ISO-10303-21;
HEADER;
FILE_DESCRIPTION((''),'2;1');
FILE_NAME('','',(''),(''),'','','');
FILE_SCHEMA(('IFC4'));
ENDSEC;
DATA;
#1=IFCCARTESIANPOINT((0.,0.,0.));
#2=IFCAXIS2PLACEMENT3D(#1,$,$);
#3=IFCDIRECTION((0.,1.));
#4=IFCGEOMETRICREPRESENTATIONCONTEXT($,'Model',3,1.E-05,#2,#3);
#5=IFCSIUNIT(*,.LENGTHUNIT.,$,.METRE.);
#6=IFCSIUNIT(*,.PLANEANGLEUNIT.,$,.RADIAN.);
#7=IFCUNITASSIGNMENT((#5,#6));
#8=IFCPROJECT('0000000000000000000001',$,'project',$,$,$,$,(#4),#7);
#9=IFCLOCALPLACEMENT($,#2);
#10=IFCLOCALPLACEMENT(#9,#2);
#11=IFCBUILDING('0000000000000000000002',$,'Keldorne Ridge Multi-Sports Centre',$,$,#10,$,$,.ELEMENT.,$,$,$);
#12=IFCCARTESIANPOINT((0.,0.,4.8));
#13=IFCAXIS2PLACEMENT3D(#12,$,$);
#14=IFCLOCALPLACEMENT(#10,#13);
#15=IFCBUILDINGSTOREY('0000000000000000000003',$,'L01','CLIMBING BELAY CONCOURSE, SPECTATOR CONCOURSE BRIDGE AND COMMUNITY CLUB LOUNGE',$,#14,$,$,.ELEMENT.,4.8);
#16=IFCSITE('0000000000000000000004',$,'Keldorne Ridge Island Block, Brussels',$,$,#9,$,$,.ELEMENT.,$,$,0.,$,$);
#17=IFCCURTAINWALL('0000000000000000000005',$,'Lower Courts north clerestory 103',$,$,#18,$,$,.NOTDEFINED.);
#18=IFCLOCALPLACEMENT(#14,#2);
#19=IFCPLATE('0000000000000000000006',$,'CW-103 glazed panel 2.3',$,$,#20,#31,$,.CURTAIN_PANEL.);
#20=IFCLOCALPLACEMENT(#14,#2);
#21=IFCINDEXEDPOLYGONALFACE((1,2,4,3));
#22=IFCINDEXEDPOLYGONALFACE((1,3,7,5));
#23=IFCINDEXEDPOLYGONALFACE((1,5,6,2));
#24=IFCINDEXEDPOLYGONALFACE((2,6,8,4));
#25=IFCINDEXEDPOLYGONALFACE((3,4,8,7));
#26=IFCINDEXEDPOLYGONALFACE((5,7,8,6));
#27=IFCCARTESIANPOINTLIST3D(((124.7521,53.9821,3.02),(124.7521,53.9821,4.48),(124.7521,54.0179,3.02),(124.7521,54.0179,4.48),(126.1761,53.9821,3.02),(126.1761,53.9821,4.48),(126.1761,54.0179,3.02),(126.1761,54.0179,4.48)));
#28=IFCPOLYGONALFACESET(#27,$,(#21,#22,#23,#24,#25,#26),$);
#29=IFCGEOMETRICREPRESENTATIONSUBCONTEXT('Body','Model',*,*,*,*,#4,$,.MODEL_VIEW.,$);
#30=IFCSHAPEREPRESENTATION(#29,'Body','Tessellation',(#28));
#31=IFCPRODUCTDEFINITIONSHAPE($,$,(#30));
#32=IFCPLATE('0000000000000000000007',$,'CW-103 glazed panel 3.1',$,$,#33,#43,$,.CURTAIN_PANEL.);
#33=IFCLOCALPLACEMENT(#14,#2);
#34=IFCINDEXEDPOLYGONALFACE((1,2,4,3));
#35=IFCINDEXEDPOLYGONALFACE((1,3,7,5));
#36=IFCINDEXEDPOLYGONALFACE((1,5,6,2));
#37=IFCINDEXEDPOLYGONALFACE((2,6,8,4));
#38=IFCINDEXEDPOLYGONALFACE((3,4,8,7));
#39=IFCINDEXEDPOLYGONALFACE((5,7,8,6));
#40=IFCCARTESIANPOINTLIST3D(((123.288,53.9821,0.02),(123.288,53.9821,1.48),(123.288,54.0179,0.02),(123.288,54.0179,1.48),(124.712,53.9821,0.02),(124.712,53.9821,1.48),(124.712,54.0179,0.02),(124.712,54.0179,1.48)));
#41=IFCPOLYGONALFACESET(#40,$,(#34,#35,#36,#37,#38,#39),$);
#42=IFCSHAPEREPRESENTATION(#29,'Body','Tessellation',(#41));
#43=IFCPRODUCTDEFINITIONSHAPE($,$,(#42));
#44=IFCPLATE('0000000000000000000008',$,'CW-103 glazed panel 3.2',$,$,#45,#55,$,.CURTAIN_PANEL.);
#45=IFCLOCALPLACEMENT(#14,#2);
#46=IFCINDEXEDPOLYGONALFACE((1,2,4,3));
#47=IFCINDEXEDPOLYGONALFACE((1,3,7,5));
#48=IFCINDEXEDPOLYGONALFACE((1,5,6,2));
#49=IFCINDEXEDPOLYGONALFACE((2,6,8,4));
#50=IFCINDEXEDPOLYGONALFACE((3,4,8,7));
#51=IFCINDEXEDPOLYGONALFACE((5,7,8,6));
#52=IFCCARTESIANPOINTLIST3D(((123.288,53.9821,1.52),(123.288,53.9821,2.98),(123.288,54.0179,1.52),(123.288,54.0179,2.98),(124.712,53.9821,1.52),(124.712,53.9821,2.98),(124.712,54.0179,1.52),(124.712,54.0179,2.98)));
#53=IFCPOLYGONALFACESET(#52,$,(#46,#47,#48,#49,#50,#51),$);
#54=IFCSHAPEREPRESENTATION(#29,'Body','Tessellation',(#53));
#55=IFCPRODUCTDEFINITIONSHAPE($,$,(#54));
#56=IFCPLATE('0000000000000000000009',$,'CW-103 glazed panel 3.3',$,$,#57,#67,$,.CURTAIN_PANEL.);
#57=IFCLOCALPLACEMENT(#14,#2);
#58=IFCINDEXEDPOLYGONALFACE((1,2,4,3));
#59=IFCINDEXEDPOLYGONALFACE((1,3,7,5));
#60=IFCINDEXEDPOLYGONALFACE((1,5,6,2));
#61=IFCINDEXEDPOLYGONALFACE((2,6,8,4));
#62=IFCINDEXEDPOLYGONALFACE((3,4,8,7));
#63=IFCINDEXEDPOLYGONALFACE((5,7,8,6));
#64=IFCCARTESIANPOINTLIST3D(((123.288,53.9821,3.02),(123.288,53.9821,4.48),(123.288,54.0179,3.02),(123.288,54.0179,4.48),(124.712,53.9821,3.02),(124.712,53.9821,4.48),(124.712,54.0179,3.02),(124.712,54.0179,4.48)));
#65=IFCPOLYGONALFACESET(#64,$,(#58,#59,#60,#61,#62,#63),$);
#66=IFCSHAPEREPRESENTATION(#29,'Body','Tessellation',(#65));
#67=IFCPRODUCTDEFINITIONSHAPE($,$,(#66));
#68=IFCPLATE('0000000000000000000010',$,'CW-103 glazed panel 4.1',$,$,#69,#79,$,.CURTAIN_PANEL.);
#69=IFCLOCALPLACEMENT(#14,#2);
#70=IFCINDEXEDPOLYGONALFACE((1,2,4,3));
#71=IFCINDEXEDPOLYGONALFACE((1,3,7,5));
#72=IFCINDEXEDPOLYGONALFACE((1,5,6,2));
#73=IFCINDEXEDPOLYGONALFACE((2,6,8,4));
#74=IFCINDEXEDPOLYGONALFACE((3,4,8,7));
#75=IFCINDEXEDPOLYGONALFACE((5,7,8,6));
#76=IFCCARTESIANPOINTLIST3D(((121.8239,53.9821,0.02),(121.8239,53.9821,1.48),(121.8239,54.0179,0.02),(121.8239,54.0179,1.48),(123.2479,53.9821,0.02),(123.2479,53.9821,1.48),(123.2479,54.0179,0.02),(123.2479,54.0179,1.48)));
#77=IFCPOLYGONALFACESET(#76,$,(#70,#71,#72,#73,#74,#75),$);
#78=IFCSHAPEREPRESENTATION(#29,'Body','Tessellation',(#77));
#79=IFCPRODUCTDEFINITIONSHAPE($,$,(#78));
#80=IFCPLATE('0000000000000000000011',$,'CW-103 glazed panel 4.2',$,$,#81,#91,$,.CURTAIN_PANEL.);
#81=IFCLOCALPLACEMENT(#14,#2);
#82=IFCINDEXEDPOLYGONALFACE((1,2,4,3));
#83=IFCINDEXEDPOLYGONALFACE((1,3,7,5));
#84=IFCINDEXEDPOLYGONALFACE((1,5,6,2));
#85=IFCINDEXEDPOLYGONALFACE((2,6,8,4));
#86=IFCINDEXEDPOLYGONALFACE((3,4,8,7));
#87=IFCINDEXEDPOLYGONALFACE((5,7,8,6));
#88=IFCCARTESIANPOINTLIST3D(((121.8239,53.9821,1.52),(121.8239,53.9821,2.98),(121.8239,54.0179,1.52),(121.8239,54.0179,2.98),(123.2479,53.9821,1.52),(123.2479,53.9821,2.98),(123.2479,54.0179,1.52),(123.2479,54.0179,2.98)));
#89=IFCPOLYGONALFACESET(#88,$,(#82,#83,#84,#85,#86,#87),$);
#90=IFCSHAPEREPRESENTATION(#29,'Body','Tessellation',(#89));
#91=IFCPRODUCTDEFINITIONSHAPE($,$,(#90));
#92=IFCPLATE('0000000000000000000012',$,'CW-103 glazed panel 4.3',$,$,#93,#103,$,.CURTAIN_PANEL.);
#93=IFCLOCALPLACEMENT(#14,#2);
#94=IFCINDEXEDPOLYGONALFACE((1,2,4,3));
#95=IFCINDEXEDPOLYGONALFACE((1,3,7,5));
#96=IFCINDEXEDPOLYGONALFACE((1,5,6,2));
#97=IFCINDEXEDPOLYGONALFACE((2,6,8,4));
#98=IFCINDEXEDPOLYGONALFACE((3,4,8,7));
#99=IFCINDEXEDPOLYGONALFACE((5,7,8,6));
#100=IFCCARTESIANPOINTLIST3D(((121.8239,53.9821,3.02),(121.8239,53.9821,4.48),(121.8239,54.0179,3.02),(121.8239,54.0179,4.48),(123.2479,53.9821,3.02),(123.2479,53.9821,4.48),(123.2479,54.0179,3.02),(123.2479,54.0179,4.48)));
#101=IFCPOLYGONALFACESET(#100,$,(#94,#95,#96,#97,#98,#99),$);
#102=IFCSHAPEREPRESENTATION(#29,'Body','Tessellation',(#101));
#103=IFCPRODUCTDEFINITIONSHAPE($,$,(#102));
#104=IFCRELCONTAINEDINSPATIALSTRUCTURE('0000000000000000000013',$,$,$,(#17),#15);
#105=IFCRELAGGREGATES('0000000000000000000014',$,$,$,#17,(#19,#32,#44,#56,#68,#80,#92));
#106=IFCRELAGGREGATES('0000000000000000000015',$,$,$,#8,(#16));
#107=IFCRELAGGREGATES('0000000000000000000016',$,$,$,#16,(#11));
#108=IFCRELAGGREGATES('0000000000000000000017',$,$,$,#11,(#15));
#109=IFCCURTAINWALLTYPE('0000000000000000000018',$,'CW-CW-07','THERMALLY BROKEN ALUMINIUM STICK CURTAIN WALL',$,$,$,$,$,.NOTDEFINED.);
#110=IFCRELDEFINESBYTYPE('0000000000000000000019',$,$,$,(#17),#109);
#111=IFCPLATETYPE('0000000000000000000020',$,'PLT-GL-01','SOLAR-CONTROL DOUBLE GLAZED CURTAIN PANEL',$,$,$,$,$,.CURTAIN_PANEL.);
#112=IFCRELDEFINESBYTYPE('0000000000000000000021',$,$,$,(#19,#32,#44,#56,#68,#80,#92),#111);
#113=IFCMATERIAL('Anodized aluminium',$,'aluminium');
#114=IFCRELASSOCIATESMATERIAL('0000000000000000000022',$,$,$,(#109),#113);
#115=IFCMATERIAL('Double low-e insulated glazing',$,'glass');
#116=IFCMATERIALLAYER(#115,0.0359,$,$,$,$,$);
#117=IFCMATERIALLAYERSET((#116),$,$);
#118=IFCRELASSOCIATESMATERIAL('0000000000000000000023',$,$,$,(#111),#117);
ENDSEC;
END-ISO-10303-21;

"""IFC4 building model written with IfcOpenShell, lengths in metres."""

from ifc_helpers import new_model, si_unit, direction, frame, origin, origin_2d, place, context, subcontext, project, spatial, rectangle, extrude, material, layer, layer_set, type_object, element, aggregate, save


model = new_model("IFC4")

# Units and contexts
model_context = context("Model", 3, precision=1e-05, world=origin(), true_north=direction((0.0, 1.0)))
body_context = subcontext(model_context, "Body", "Model", "MODEL_VIEW")
ifc_project = project(units=[si_unit("LENGTHUNIT", "METRE"), si_unit("PLANEANGLEUNIT", "RADIAN")], contexts=[model_context])

# Site, building, storey
site_placement = place(None, origin())
site = spatial("IfcSite", under=ifc_project, at=site_placement, Name="Keldorne Ridge Island Block, Brussels", CompositionType="ELEMENT", RefElevation=0.0)
building_placement = place(site_placement, origin())
building = spatial("IfcBuilding", under=site, at=building_placement, Name="Keldorne Ridge Multi-Sports Centre", CompositionType="ELEMENT")
storey_placement = place(building_placement, frame((0.0, 0.0, 4.8)))
storey = spatial("IfcBuildingStorey", under=building, at=storey_placement, Name="L01", Description="CLIMBING BELAY CONCOURSE, SPECTATOR CONCOURSE BRIDGE AND COMMUNITY CLUB LOUNGE", CompositionType="ELEMENT", Elevation=4.8)

# Curtain wall, plates
ifc_material_1 = material(Name="Anodized aluminium", Category="aluminium")
curtain_wall_type = type_object("IfcCurtainWallType", Name="CW-CW-07", Description="THERMALLY BROKEN ALUMINIUM STICK CURTAIN WALL", PredefinedType="NOTDEFINED", material=ifc_material_1)
curtain_wall_placement = place(storey_placement, origin())
curtain_wall = element("IfcCurtainWall", 1, at=curtain_wall_placement, inside=storey, type_object=curtain_wall_type, Name="Lower Courts north clerestory 103", PredefinedType="NOTDEFINED")
ifc_material_2 = material(Name="Double low-e insulated glazing", Category="glass")
ifc_layer = layer(ifc_material_2, 0.0359)
ifc_layer_set = layer_set([ifc_layer])
plate_type = type_object("IfcPlateType", Name="PLT-GL-01", Description="SOLAR-CONTROL DOUBLE GLAZED CURTAIN PANEL", PredefinedType="CURTAIN_PANEL", material=ifc_layer_set)
plate_1_placement = place(storey_placement, frame((125.4641, 54.0, 3.02), z_axis=(0.0, 0.0, 1.0), x_axis=(-1.0, 0.0, 0.0)))
plate_1 = element("IfcPlate", 2, at=plate_1_placement, type_object=plate_type, Name="CW-103 glazed panel 2.3", PredefinedType="CURTAIN_PANEL", context=body_context, shape_type="SweptSolid", body=[
    extrude(rectangle(XDim=1.4241, YDim=0.0359, at=origin_2d()), origin(), (0.0, 0.0, 1.0), 1.46),
])
plate_2_placement = place(storey_placement, frame((124.0, 54.0, 0.02), z_axis=(0.0, 0.0, 1.0), x_axis=(-1.0, 0.0, 0.0)))
plate_2 = element("IfcPlate", 3, at=plate_2_placement, type_object=plate_type, Name="CW-103 glazed panel 3.1", PredefinedType="CURTAIN_PANEL", context=body_context, shape_type="SweptSolid", body=[
    extrude(rectangle(XDim=1.4241, YDim=0.0359, at=origin_2d()), origin(), (0.0, 0.0, 1.0), 1.46),
])
plate_3_placement = place(storey_placement, frame((124.0, 54.0, 1.52), z_axis=(0.0, 0.0, 1.0), x_axis=(-1.0, 0.0, 0.0)))
plate_3 = element("IfcPlate", 4, at=plate_3_placement, type_object=plate_type, Name="CW-103 glazed panel 3.2", PredefinedType="CURTAIN_PANEL", context=body_context, shape_type="SweptSolid", body=[
    extrude(rectangle(XDim=1.4241, YDim=0.0359, at=origin_2d()), origin(), (0.0, 0.0, 1.0), 1.46),
])
plate_4_placement = place(storey_placement, frame((124.0, 54.0, 3.02), z_axis=(0.0, 0.0, 1.0), x_axis=(-1.0, 0.0, 0.0)))
plate_4 = element("IfcPlate", 5, at=plate_4_placement, type_object=plate_type, Name="CW-103 glazed panel 3.3", PredefinedType="CURTAIN_PANEL", context=body_context, shape_type="SweptSolid", body=[
    extrude(rectangle(XDim=1.4241, YDim=0.0359, at=origin_2d()), origin(), (0.0, 0.0, 1.0), 1.46),
])
plate_5_placement = place(storey_placement, frame((122.5359, 54.0, 0.02), z_axis=(0.0, 0.0, 1.0), x_axis=(-1.0, 0.0, 0.0)))
plate_5 = element("IfcPlate", 6, at=plate_5_placement, type_object=plate_type, Name="CW-103 glazed panel 4.1", PredefinedType="CURTAIN_PANEL", context=body_context, shape_type="SweptSolid", body=[
    extrude(rectangle(XDim=1.4241, YDim=0.0359, at=origin_2d()), origin(), (0.0, 0.0, 1.0), 1.46),
])
plate_6_placement = place(storey_placement, frame((122.5359, 54.0, 1.52), z_axis=(0.0, 0.0, 1.0), x_axis=(-1.0, 0.0, 0.0)))
plate_6 = element("IfcPlate", 7, at=plate_6_placement, type_object=plate_type, Name="CW-103 glazed panel 4.2", PredefinedType="CURTAIN_PANEL", context=body_context, shape_type="SweptSolid", body=[
    extrude(rectangle(XDim=1.4241, YDim=0.0359, at=origin_2d()), origin(), (0.0, 0.0, 1.0), 1.46),
])
plate_7_placement = place(storey_placement, frame((122.5359, 54.0, 3.02), z_axis=(0.0, 0.0, 1.0), x_axis=(-1.0, 0.0, 0.0)))
plate_7 = element("IfcPlate", 8, at=plate_7_placement, type_object=plate_type, Name="CW-103 glazed panel 4.3", PredefinedType="CURTAIN_PANEL", context=body_context, shape_type="SweptSolid", body=[
    extrude(rectangle(XDim=1.4241, YDim=0.0359, at=origin_2d()), origin(), (0.0, 0.0, 1.0), 1.46),
])
aggregate(curtain_wall, [plate_1, plate_2, plate_3, plate_4, plate_5, plate_6, plate_7])

save(model, "model.ifc")
